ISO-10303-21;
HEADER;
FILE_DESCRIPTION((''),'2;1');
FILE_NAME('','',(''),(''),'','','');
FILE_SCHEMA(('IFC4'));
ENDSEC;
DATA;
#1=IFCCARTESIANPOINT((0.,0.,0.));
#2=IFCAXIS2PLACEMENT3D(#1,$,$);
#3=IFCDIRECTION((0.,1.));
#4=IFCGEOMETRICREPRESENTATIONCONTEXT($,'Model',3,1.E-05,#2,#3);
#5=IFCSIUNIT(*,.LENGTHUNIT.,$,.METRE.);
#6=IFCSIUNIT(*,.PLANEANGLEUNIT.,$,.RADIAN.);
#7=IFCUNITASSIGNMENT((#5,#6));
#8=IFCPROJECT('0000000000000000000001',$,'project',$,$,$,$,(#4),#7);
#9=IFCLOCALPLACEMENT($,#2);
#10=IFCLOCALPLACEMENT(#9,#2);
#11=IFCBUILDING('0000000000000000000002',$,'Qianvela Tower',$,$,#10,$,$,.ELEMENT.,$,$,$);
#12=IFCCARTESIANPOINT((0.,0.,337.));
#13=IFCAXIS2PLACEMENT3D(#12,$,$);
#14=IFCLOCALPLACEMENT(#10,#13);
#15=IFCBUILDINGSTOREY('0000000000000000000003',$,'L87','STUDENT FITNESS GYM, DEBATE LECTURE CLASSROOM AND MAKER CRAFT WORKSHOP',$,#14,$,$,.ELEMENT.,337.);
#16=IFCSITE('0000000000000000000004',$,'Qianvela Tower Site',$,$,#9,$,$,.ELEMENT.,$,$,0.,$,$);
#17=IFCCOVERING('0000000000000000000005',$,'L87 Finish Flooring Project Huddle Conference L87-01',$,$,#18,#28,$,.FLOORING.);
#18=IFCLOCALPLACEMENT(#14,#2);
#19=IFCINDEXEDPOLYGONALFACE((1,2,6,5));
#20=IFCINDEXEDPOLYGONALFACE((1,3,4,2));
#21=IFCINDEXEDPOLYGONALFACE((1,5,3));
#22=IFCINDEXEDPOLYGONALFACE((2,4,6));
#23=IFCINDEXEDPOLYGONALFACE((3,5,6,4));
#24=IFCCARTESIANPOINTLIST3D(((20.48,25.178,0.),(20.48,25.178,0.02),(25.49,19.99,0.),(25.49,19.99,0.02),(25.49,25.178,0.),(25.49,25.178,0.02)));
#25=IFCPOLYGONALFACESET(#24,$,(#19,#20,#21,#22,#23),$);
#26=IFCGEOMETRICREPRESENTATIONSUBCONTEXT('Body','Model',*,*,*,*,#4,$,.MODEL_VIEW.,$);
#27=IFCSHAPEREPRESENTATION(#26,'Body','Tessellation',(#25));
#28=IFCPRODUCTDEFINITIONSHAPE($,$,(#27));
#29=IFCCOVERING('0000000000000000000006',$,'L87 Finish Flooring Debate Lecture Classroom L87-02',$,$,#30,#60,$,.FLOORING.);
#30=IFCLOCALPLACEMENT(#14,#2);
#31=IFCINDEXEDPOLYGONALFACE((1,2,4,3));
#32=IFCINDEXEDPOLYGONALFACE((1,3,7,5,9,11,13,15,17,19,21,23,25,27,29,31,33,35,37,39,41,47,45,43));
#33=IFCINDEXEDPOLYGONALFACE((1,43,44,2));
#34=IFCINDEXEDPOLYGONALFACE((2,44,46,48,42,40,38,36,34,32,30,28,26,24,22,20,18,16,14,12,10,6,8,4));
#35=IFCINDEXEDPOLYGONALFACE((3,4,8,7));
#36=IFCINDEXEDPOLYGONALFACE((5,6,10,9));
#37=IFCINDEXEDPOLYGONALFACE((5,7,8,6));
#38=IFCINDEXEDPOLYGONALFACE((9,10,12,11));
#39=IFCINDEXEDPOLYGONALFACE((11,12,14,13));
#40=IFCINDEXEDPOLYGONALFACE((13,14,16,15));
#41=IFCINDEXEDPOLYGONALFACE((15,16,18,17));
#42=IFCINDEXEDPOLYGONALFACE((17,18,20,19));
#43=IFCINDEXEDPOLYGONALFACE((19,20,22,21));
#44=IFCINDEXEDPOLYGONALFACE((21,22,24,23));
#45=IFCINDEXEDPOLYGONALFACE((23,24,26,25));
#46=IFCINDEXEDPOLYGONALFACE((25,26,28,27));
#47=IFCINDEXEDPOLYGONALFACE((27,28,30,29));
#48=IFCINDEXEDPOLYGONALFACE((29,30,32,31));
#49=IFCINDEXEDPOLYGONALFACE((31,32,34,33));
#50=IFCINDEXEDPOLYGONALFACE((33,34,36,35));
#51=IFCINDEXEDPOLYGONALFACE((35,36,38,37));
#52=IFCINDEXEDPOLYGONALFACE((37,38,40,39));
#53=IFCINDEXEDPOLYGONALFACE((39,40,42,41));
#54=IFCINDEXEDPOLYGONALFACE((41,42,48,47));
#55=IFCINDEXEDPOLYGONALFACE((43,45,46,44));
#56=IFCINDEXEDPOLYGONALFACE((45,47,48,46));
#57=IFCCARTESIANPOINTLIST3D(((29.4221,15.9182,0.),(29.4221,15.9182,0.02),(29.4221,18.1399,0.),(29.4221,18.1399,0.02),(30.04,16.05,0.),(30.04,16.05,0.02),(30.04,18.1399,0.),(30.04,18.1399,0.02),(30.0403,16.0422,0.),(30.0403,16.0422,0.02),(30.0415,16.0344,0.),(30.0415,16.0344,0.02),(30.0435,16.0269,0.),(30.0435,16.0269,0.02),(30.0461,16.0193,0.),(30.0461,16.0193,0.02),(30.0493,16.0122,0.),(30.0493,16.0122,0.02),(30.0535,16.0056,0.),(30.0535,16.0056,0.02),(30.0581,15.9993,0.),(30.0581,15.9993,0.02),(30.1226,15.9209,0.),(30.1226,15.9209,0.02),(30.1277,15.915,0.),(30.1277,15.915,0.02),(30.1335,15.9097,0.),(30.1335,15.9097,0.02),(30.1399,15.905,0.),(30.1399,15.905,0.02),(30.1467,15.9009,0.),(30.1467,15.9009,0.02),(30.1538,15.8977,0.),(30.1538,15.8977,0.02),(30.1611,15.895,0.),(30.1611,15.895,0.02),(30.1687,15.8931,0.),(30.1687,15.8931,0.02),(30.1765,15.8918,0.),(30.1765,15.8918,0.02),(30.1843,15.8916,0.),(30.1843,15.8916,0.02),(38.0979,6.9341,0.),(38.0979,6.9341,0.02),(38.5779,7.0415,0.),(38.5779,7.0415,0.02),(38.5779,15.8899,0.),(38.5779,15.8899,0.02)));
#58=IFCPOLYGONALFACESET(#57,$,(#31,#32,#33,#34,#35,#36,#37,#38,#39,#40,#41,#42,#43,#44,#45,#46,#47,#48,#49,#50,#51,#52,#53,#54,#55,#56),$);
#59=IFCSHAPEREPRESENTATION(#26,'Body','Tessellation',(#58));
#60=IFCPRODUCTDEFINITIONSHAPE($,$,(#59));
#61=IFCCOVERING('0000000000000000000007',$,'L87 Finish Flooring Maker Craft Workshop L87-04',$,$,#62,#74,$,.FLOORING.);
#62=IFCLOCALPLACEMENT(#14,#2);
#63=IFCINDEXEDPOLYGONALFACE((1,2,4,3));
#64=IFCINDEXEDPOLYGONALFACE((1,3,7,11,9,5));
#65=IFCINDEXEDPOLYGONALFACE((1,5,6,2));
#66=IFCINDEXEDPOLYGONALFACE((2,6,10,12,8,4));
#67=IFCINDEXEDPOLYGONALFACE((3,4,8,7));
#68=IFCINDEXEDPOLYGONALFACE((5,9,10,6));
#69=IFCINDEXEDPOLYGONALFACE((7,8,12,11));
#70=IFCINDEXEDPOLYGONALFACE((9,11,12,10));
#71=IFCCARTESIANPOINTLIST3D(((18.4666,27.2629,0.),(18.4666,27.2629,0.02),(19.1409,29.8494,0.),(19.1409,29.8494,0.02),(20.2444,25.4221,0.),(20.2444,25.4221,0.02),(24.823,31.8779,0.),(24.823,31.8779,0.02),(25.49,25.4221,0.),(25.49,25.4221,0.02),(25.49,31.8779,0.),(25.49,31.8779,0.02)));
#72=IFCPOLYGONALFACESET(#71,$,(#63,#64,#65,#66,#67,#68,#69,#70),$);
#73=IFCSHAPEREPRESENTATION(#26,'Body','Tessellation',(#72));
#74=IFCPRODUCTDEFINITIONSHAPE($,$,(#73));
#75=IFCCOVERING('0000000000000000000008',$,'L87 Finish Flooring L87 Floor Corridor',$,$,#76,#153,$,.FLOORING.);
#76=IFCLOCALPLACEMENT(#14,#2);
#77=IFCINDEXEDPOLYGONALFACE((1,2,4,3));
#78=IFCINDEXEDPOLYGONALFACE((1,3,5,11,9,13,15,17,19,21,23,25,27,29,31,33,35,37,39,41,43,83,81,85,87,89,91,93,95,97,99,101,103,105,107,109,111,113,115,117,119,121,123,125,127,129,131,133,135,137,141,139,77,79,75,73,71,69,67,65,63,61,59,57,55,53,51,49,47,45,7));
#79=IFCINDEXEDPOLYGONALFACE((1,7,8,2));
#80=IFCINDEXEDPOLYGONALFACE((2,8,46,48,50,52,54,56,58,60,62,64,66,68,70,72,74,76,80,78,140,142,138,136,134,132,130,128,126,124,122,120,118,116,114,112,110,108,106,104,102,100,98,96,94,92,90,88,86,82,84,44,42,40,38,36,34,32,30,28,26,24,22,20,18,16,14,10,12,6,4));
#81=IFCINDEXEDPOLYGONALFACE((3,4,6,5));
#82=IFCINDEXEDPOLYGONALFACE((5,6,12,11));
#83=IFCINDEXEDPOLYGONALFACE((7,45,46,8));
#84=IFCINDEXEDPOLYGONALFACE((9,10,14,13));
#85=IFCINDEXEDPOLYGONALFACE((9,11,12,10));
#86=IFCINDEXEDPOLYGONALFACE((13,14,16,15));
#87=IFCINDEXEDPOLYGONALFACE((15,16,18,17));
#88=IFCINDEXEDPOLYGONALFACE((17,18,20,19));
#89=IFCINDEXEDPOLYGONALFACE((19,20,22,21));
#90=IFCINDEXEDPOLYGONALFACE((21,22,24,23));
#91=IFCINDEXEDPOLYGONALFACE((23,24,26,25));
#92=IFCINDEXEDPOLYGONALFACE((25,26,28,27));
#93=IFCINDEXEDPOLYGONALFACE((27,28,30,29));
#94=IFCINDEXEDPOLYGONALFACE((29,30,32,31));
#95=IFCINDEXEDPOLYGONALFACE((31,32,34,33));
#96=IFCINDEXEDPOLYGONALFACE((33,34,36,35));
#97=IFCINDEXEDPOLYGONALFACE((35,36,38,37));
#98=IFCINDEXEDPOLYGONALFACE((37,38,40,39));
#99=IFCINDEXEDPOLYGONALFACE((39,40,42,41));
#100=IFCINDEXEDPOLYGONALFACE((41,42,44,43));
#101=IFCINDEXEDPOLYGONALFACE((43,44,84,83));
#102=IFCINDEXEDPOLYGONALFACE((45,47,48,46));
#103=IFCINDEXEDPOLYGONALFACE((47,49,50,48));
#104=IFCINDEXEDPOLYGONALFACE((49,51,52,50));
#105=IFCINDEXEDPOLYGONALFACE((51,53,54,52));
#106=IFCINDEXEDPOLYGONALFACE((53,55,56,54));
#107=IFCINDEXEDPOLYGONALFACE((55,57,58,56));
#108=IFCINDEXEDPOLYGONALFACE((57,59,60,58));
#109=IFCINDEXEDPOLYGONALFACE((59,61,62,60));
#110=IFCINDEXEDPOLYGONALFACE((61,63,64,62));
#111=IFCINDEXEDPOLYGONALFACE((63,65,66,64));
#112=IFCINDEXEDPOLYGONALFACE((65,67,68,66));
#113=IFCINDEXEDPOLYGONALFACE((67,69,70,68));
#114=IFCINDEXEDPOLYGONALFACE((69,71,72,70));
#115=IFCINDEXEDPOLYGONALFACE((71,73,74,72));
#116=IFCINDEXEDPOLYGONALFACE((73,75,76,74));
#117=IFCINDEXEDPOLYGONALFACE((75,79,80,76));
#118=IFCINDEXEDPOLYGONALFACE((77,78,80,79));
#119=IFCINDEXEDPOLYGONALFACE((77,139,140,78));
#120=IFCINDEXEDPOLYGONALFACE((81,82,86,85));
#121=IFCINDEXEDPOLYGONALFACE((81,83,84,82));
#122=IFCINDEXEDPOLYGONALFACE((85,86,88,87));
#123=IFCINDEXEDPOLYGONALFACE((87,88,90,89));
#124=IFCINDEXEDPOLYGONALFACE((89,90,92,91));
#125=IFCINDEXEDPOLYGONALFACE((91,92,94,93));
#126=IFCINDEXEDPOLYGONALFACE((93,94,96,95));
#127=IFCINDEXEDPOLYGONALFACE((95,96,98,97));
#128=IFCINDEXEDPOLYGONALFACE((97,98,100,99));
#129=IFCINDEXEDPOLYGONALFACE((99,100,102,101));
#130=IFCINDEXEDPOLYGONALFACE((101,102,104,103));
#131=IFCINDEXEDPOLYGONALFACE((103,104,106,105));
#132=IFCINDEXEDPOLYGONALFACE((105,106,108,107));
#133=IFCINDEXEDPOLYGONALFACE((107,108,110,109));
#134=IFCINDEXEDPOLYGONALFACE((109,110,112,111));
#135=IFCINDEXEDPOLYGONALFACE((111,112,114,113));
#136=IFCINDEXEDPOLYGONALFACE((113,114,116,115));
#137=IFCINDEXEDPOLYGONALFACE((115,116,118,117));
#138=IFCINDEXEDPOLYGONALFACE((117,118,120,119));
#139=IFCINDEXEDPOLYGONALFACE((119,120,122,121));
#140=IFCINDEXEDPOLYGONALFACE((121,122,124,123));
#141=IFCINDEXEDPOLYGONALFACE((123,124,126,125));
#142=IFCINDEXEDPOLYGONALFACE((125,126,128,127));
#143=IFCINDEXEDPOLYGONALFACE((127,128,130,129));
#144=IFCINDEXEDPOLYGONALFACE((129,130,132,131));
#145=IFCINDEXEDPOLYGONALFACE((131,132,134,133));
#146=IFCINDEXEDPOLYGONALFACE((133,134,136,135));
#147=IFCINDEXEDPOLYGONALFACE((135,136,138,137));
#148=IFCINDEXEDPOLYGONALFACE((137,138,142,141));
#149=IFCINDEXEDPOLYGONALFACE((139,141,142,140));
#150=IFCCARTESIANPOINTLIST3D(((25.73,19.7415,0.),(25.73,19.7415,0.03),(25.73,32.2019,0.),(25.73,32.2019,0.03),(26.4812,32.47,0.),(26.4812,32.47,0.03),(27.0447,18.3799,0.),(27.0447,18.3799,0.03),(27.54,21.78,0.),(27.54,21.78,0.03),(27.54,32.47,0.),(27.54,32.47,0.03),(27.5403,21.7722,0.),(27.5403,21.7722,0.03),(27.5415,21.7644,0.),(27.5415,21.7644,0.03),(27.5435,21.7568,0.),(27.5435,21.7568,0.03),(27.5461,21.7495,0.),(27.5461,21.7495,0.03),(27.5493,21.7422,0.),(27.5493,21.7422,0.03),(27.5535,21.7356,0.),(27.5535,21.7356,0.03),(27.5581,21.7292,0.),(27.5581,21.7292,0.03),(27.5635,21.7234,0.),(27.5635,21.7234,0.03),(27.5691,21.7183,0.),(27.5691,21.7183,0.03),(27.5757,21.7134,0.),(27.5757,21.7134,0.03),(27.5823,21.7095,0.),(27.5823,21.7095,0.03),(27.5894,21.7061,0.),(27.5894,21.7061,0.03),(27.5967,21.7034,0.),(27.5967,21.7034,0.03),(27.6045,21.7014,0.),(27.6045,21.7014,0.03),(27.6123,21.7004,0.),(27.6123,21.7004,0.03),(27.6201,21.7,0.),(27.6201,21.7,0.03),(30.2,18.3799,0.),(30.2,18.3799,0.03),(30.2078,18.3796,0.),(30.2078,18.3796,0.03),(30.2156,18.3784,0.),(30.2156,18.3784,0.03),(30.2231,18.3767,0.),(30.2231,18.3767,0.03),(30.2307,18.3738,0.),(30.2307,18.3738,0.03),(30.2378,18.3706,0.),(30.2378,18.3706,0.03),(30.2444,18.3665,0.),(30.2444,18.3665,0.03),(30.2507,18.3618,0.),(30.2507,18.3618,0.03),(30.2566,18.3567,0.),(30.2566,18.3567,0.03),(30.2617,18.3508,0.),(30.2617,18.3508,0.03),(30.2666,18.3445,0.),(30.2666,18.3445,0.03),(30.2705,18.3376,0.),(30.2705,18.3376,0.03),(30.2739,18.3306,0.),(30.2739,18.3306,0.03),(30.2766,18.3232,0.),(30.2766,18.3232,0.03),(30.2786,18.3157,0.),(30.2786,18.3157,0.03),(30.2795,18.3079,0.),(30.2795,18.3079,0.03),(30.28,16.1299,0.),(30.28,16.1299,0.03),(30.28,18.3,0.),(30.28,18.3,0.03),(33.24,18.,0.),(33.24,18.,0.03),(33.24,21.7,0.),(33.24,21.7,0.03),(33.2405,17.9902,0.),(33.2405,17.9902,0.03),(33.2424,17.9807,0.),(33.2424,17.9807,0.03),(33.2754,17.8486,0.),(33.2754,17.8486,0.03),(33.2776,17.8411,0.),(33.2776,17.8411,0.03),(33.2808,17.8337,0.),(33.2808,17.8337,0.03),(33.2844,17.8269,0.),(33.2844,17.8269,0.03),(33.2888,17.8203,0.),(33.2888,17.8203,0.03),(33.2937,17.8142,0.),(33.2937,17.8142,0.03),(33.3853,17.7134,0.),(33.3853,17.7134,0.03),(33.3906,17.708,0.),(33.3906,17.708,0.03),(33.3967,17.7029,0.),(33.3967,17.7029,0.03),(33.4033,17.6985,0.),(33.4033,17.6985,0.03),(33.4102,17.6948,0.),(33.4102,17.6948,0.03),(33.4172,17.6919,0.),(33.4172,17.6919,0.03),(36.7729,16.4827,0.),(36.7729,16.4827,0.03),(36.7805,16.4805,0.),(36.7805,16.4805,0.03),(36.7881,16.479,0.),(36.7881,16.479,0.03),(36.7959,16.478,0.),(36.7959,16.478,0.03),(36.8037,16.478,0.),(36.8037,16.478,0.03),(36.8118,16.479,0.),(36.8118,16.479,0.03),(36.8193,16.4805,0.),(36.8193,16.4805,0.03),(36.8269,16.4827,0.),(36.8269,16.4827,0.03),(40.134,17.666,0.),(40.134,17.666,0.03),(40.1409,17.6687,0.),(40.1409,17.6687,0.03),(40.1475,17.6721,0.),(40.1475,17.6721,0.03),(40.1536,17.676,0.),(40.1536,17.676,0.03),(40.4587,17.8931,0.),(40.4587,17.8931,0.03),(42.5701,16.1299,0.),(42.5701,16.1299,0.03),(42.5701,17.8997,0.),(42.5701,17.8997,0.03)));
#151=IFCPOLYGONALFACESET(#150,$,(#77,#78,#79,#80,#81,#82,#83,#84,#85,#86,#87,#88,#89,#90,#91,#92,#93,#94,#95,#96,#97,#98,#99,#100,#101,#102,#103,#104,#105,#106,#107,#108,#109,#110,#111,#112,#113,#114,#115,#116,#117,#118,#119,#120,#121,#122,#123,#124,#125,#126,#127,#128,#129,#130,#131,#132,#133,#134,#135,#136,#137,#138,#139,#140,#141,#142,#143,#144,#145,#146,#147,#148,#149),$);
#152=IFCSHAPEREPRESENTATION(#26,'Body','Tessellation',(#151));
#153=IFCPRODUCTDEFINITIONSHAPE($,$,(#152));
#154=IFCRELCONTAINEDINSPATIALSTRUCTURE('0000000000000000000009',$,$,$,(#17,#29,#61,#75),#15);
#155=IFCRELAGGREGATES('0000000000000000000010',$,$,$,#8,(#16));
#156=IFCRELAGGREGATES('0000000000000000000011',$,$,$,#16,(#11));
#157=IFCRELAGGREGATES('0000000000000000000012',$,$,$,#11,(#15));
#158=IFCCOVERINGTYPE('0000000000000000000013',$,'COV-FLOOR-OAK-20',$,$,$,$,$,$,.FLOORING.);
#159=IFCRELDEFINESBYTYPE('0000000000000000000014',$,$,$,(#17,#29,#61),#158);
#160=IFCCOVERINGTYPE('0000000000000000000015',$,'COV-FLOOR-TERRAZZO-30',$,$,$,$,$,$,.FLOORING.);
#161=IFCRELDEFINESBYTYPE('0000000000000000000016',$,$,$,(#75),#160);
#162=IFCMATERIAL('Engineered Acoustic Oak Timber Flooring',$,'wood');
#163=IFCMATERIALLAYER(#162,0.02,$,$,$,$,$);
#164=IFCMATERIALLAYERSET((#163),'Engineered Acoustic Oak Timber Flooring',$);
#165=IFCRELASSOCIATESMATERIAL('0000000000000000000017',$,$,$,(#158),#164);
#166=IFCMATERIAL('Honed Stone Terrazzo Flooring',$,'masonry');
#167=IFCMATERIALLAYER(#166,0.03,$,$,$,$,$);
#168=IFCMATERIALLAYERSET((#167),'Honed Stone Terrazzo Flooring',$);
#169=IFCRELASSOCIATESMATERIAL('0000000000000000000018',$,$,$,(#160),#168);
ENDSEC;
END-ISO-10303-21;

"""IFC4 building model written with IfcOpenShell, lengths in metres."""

from ifc_helpers import new_model, si_unit, direction, frame, origin, place, context, subcontext, project, spatial, polyline, outline, extrude, material, layer, layer_set, type_object, element, save


model = new_model("IFC4")

# Units and contexts
model_context = context("Model", 3, precision=1e-05, world=origin(), true_north=direction((0.0, 1.0)))
body_context = subcontext(model_context, "Body", "Model", "MODEL_VIEW")
ifc_project = project(units=[si_unit("LENGTHUNIT", "METRE"), si_unit("PLANEANGLEUNIT", "RADIAN")], contexts=[model_context])

# Site, building, storey
site_placement = place(None, origin())
site = spatial("IfcSite", under=ifc_project, at=site_placement, Name="Qianvela Tower Site", CompositionType="ELEMENT", RefElevation=0.0)
building_placement = place(site_placement, origin())
building = spatial("IfcBuilding", under=site, at=building_placement, Name="Qianvela Tower", CompositionType="ELEMENT")
storey_placement = place(building_placement, frame((0.0, 0.0, 337.0)))
storey = spatial("IfcBuildingStorey", under=building, at=storey_placement, Name="L87", Description="STUDENT FITNESS GYM, DEBATE LECTURE CLASSROOM AND MAKER CRAFT WORKSHOP", CompositionType="ELEMENT", Elevation=337.0)

# Coverings
ifc_material_1 = material(Name="Engineered Acoustic Oak Timber Flooring", Category="wood")
ifc_layer_1 = layer(ifc_material_1, 0.02)
ifc_layer_set_1 = layer_set([ifc_layer_1], Name="Engineered Acoustic Oak Timber Flooring")
covering_type_1 = type_object("IfcCoveringType", Name="COV-FLOOR-OAK-20", PredefinedType="FLOORING", material=ifc_layer_set_1)
covering_1_placement = place(storey_placement, origin())
element("IfcCovering", 1, at=covering_1_placement, inside=storey, type_object=covering_type_1, Name="L87 Finish Flooring Project Huddle Conference L87-01", PredefinedType="FLOORING", context=body_context, shape_type="SweptSolid", body=[
    extrude(outline(polyline([(20.48, 25.178), (25.49, 25.178), (25.49, 19.99), (20.48, 25.178)])), origin(), (0.0, 0.0, 1.0), 0.02),
])
covering_2_placement = place(storey_placement, origin())
element("IfcCovering", 2, at=covering_2_placement, inside=storey, type_object=covering_type_1, Name="L87 Finish Flooring Debate Lecture Classroom L87-02", PredefinedType="FLOORING", context=body_context, shape_type="SweptSolid", body=[
    extrude(outline(polyline([(29.4221, 15.9182), (29.4221, 18.1399), (30.04, 18.1399), (30.04, 16.05), (30.0403, 16.0422), (30.0415, 16.0344), (30.0435, 16.0269), (30.0461, 16.0193), (30.0493, 16.0122), (30.0535, 16.0056), (30.0581, 15.9993), (30.1226, 15.9209), (30.1277, 15.915), (30.1335, 15.9097), (30.1399, 15.905), (30.1467, 15.9009), (30.1538, 15.8977), (30.1611, 15.895), (30.1687, 15.8931), (30.1765, 15.8918), (30.1843, 15.8916), (38.5779, 15.8899), (38.5779, 7.0415), (38.0979, 6.9341), (29.4221, 15.9182)])), origin(), (0.0, 0.0, 1.0), 0.02),
])
covering_3_placement = place(storey_placement, origin())
element("IfcCovering", 3, at=covering_3_placement, inside=storey, type_object=covering_type_1, Name="L87 Finish Flooring Maker Craft Workshop L87-04", PredefinedType="FLOORING", context=body_context, shape_type="SweptSolid", body=[
    extrude(outline(polyline([(24.823, 31.8779), (25.49, 31.8779), (25.49, 25.4221), (20.2444, 25.4221), (18.4666, 27.2629), (19.1409, 29.8494), (24.823, 31.8779)])), origin(), (0.0, 0.0, 1.0), 0.02),
])
ifc_material_2 = material(Name="Honed Stone Terrazzo Flooring", Category="masonry")
ifc_layer_2 = layer(ifc_material_2, 0.03)
ifc_layer_set_2 = layer_set([ifc_layer_2], Name="Honed Stone Terrazzo Flooring")
covering_type_2 = type_object("IfcCoveringType", Name="COV-FLOOR-TERRAZZO-30", PredefinedType="FLOORING", material=ifc_layer_set_2)
covering_4_placement = place(storey_placement, origin())
element("IfcCovering", 4, at=covering_4_placement, inside=storey, type_object=covering_type_2, Name="L87 Finish Flooring L87 Floor Corridor", PredefinedType="FLOORING", context=body_context, shape_type="SweptSolid", body=[
    extrude(outline(polyline([(27.54, 21.78), (27.5403, 21.7722), (27.5415, 21.7644), (27.5435, 21.7568), (27.5461, 21.7495), (27.5493, 21.7422), (27.5535, 21.7356), (27.5581, 21.7292), (27.5635, 21.7234), (27.5691, 21.7183), (27.5757, 21.7134), (27.5823, 21.7095), (27.5894, 21.7061), (27.5967, 21.7034), (27.6045, 21.7014), (27.6123, 21.7004), (27.6201, 21.7), (33.24, 21.7), (33.24, 18.0), (33.2405, 17.9902), (33.2424, 17.9807), (33.2754, 17.8486), (33.2776, 17.8411), (33.2808, 17.8337), (33.2844, 17.8269), (33.2888, 17.8203), (33.2937, 17.8142), (33.3853, 17.7134), (33.3906, 17.708), (33.3967, 17.7029), (33.4033, 17.6985), (33.4102, 17.6948), (33.4172, 17.6919), (36.7729, 16.4827), (36.7805, 16.4805), (36.7881, 16.479), (36.7959, 16.478), (36.8037, 16.478), (36.8118, 16.479), (36.8193, 16.4805), (36.8269, 16.4827), (40.134, 17.666), (40.1409, 17.6687), (40.1475, 17.6721), (40.1536, 17.676), (40.4587, 17.8931), (42.5701, 17.8997), (42.5701, 16.1299), (30.28, 16.1299), (30.28, 18.3), (30.2795, 18.3079), (30.2786, 18.3157), (30.2766, 18.3232), (30.2739, 18.3306), (30.2705, 18.3376), (30.2666, 18.3445), (30.2617, 18.3508), (30.2566, 18.3567), (30.2507, 18.3618), (30.2444, 18.3665), (30.2378, 18.3706), (30.2307, 18.3738), (30.2231, 18.3767), (30.2156, 18.3784), (30.2078, 18.3796), (30.2, 18.3799), (27.0447, 18.3799), (25.73, 19.7415), (25.73, 32.2019), (26.4812, 32.47), (27.54, 32.47), (27.54, 21.78)])), origin(), (0.0, 0.0, 1.0), 0.03),
])

save(model, "model.ifc")
